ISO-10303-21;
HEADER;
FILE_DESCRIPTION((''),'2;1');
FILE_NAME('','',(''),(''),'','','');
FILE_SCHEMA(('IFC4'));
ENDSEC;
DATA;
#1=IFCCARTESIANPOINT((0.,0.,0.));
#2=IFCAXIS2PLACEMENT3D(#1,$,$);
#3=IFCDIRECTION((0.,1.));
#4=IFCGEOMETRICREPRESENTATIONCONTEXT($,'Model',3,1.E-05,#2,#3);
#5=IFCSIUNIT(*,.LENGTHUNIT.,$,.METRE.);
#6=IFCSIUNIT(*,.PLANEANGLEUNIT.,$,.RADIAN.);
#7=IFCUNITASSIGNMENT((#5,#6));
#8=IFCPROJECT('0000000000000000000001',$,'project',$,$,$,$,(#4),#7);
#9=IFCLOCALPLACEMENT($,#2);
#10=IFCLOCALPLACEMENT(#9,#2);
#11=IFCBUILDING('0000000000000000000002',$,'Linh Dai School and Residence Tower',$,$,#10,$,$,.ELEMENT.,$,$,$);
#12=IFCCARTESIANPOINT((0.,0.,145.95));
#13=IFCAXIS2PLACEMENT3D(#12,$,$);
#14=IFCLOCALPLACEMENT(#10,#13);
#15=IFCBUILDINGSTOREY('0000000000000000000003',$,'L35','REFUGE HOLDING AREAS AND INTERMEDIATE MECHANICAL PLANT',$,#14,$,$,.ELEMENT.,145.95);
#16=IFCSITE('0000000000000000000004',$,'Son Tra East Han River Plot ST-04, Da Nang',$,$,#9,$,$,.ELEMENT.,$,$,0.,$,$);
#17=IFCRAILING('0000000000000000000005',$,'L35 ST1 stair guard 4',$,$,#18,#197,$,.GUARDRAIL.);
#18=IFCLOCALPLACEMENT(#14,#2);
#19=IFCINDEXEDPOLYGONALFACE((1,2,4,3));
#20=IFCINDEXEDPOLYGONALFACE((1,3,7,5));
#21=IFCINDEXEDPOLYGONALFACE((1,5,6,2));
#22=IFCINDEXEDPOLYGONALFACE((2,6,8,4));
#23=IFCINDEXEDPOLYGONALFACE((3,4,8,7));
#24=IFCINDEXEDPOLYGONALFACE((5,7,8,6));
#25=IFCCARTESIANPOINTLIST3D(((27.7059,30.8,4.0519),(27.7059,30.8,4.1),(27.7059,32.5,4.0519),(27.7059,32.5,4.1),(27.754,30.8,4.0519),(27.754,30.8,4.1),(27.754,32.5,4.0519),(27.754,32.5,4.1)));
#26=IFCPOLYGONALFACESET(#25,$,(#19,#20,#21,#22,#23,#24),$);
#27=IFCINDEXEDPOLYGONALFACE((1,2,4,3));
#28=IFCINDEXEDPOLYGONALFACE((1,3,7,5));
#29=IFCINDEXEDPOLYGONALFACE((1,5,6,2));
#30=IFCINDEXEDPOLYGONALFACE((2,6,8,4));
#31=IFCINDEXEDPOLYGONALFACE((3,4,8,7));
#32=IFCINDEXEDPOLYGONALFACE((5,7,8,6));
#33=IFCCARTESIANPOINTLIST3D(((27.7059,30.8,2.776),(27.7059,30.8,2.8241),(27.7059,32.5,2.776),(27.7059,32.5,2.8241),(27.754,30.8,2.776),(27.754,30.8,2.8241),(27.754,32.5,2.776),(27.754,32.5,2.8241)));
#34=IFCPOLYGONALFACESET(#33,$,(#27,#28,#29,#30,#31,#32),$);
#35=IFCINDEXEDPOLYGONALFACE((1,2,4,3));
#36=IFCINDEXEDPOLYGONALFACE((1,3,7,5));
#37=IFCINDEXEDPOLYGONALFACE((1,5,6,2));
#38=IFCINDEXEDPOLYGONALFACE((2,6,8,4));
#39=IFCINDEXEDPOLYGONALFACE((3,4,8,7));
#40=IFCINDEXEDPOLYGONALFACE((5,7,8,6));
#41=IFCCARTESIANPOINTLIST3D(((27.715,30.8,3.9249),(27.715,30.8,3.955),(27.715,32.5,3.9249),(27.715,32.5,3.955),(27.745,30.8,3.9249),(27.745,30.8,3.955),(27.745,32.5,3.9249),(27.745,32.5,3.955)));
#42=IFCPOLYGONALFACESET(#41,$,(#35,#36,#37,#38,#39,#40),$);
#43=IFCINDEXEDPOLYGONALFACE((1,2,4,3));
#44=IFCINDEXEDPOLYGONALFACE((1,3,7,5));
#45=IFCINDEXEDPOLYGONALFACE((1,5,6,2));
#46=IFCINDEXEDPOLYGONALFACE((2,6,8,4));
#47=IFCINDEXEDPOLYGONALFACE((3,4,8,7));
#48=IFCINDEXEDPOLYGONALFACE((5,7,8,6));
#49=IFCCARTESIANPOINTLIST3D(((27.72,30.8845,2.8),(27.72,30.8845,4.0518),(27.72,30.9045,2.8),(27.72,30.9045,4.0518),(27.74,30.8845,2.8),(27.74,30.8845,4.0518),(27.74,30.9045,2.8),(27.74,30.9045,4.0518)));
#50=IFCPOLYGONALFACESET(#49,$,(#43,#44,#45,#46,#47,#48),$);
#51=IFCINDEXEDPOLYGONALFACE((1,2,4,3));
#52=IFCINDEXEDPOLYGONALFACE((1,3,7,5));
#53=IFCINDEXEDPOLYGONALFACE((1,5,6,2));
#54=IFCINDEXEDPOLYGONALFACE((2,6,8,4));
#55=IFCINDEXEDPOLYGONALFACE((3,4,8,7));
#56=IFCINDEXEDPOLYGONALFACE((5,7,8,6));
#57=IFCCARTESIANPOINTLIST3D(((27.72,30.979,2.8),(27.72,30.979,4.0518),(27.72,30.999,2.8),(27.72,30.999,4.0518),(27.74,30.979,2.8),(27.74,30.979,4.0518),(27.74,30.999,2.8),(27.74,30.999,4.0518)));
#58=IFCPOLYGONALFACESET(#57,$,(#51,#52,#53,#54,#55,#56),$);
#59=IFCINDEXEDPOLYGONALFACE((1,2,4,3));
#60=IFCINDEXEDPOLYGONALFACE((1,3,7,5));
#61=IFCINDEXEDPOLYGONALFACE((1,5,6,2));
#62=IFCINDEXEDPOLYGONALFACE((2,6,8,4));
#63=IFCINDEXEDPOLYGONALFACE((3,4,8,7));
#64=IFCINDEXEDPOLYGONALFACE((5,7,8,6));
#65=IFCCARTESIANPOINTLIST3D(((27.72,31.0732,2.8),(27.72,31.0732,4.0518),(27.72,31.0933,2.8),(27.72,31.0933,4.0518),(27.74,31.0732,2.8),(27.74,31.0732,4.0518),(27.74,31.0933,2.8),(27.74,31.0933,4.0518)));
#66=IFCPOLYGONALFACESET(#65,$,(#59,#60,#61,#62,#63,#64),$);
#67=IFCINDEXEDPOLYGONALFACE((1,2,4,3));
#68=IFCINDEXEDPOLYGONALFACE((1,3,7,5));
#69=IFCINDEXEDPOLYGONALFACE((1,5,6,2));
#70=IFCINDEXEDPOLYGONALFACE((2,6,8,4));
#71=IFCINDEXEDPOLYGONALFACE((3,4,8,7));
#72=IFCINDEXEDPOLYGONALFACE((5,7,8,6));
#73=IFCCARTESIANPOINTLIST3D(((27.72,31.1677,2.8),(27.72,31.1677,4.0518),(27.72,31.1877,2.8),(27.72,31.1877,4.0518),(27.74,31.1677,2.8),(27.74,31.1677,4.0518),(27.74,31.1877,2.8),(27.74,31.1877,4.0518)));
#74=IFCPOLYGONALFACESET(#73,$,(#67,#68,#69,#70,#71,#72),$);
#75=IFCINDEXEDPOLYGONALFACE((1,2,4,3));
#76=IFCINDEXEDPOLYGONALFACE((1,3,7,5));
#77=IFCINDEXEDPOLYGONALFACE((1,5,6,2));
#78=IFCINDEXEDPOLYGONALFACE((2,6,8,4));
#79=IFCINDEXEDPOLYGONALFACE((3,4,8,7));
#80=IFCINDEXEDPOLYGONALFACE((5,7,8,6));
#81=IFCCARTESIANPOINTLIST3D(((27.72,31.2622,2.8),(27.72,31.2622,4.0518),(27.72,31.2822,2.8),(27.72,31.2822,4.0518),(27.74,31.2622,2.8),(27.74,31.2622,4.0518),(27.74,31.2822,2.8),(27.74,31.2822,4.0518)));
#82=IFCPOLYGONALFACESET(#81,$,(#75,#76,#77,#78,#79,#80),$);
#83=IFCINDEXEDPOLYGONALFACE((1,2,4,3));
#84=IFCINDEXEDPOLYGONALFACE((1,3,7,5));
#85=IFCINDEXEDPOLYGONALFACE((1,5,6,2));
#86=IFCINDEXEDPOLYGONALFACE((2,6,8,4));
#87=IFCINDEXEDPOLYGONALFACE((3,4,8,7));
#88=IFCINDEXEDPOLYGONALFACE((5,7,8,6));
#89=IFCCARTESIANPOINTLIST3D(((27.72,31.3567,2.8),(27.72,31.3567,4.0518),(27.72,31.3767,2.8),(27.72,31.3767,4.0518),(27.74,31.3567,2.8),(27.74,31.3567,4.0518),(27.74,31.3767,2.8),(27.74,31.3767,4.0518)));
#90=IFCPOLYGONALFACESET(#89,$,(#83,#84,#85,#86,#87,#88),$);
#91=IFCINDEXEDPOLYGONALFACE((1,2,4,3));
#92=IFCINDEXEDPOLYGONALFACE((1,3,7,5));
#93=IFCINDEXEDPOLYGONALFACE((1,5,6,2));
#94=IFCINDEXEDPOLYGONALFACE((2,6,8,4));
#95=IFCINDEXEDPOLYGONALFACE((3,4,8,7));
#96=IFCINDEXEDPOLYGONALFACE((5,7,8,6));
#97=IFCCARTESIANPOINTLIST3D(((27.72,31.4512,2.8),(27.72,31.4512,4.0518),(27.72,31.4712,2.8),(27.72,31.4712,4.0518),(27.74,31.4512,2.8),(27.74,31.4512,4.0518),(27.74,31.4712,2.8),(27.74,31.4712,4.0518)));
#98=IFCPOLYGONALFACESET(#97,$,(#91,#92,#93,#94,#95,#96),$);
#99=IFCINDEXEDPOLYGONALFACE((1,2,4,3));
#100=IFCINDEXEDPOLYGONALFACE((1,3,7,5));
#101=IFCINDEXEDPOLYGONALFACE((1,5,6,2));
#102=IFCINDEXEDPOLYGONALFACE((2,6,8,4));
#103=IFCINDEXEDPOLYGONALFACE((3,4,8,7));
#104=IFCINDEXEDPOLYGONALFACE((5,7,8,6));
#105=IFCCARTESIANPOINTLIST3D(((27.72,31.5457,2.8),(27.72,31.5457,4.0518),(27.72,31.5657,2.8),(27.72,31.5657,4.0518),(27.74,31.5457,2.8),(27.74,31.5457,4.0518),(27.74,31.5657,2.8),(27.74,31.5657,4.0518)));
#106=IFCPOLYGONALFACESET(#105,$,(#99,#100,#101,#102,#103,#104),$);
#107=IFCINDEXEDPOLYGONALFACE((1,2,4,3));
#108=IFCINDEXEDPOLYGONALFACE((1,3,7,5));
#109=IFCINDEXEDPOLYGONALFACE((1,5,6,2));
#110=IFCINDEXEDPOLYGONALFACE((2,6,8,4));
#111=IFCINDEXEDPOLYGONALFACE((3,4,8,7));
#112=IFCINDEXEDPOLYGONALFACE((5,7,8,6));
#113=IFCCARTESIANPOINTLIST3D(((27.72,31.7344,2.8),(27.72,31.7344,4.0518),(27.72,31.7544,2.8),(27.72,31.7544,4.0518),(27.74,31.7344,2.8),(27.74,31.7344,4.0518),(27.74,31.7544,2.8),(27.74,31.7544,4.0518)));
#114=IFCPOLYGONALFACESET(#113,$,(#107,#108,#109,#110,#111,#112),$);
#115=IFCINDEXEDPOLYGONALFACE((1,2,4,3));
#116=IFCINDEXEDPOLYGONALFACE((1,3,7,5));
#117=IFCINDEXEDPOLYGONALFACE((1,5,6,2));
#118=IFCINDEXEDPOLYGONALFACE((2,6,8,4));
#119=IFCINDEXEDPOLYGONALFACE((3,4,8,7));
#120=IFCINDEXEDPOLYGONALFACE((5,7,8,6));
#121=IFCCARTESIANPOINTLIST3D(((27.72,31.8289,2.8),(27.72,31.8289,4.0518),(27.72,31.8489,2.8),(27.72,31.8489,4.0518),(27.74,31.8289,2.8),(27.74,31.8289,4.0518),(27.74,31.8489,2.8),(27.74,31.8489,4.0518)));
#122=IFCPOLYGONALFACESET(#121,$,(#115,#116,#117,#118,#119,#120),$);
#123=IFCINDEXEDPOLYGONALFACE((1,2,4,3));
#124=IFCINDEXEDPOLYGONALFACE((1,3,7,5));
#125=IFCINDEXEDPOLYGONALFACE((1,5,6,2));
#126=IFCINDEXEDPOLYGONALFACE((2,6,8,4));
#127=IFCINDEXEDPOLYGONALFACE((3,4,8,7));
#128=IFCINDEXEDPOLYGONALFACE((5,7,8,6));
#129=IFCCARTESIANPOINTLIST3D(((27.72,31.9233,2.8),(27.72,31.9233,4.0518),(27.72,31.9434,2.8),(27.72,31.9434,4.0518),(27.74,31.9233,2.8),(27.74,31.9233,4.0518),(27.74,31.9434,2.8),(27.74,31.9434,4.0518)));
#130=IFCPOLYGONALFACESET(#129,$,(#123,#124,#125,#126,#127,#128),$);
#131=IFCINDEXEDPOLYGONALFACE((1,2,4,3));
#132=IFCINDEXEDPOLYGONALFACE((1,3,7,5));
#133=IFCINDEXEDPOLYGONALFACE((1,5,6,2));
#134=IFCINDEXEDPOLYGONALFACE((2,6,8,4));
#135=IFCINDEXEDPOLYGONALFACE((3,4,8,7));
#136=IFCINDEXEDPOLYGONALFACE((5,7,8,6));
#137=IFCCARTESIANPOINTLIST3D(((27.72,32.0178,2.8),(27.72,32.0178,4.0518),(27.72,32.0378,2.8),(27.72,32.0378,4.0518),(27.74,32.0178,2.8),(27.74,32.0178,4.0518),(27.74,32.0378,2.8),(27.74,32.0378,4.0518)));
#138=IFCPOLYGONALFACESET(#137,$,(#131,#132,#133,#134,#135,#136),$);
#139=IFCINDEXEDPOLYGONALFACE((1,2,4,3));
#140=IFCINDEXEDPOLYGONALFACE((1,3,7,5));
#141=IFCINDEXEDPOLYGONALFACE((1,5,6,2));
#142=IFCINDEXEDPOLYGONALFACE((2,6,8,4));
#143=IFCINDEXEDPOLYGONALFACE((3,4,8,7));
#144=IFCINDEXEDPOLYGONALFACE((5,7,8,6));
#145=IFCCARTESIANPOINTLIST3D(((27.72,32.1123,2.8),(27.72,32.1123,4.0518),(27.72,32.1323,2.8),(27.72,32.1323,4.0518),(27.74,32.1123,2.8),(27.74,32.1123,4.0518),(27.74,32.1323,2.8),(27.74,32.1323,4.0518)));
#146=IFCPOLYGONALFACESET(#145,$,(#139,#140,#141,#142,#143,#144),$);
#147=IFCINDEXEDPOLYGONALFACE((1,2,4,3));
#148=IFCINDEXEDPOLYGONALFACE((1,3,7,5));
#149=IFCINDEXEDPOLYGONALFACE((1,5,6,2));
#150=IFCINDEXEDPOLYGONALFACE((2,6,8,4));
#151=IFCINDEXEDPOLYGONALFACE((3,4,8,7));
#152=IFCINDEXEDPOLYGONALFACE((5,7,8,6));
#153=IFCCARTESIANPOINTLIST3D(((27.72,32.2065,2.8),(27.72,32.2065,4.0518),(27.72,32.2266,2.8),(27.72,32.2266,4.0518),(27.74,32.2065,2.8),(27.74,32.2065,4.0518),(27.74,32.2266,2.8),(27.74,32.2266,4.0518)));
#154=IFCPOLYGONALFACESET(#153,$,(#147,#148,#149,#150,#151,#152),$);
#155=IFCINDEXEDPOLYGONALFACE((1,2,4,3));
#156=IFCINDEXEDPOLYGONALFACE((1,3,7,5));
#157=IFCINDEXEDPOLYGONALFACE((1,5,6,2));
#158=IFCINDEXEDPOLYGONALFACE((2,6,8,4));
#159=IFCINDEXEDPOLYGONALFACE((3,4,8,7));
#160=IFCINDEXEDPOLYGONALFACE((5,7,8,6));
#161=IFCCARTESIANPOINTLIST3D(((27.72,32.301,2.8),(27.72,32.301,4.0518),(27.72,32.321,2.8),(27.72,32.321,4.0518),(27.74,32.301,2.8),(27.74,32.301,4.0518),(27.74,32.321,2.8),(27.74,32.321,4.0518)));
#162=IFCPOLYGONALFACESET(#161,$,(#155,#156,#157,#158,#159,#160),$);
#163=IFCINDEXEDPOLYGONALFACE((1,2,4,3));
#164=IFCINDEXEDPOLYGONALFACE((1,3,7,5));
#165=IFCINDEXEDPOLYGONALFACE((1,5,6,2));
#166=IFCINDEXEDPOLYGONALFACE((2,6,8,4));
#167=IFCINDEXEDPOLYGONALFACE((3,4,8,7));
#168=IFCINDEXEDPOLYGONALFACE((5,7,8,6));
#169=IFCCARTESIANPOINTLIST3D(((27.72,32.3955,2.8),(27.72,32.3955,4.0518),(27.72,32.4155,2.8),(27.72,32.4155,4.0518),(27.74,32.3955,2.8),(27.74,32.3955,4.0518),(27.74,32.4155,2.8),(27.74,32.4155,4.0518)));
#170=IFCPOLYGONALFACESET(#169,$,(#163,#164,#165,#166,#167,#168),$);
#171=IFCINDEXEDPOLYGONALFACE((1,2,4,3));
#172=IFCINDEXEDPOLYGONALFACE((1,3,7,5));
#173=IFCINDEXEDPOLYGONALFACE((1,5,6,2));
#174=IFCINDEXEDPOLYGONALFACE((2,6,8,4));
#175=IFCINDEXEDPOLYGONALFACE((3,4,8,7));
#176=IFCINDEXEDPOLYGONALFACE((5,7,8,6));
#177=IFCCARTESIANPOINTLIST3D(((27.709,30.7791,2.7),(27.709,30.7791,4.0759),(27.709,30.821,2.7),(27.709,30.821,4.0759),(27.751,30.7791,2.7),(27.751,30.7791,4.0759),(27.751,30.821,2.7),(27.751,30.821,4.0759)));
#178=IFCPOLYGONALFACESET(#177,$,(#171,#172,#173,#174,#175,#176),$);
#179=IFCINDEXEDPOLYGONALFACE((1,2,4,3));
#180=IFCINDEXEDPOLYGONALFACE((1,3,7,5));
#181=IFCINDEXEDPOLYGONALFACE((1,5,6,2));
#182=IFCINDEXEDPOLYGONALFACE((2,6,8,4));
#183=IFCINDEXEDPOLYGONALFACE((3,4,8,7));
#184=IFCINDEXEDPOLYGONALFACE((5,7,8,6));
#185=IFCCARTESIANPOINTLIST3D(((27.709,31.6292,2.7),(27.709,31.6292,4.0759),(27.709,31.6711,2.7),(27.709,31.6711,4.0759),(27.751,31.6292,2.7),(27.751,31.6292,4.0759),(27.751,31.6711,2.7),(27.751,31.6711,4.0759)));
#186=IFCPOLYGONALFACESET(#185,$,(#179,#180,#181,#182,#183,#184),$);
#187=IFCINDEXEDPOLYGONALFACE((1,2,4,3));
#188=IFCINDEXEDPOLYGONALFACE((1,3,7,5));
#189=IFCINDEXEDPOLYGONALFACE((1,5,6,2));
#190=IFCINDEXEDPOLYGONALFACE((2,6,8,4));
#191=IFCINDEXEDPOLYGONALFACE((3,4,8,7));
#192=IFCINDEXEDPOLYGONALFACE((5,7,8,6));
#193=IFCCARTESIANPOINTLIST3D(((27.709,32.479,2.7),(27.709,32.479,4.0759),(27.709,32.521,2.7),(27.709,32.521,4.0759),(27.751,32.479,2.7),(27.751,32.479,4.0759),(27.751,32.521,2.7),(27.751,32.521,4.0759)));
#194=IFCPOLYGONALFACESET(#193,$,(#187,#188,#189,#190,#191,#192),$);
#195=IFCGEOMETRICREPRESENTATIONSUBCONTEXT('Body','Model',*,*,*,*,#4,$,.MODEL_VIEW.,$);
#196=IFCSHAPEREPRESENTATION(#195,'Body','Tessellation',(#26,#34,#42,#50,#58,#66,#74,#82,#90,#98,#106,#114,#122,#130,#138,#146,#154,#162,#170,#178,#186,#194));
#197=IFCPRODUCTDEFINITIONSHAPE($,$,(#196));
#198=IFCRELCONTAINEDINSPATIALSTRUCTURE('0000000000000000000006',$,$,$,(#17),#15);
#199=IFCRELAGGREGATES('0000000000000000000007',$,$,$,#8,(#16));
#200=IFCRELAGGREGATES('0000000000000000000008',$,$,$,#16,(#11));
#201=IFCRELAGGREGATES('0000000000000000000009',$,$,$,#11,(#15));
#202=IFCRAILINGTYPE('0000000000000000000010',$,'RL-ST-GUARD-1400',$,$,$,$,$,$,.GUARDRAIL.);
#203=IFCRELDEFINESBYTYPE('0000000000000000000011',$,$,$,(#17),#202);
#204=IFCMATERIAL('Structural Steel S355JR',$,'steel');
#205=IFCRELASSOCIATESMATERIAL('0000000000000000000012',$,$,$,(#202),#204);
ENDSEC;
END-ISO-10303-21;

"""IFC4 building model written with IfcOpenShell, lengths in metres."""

from ifc_helpers import new_model, si_unit, direction, frame, origin, origin_2d, place, context, subcontext, project, spatial, rectangle, extrude, source, transform, mapped, material, type_object, element, save


model = new_model("IFC4")

# Units and contexts
model_context = context("Model", 3, precision=1e-05, world=origin(), true_north=direction((0.0, 1.0)))
body_context = subcontext(model_context, "Body", "Model", "MODEL_VIEW")
ifc_project = project(units=[si_unit("LENGTHUNIT", "METRE"), si_unit("PLANEANGLEUNIT", "RADIAN")], contexts=[model_context])

# Site, building, storey
site_placement = place(None, origin())
site = spatial("IfcSite", under=ifc_project, at=site_placement, Name="Son Tra East Han River Plot ST-04, Da Nang", CompositionType="ELEMENT", RefElevation=0.0)
building_placement = place(site_placement, origin())
building = spatial("IfcBuilding", under=site, at=building_placement, Name="Linh Dai School and Residence Tower", CompositionType="ELEMENT")
storey_placement = place(building_placement, frame((0.0, 0.0, 145.95)))
storey = spatial("IfcBuildingStorey", under=building, at=storey_placement, Name="L35", Description="REFUGE HOLDING AREAS AND INTERMEDIATE MECHANICAL PLANT", CompositionType="ELEMENT", Elevation=145.95)

# Railing
ifc_material_1 = material(Name="Structural Steel S355JR", Category="steel")
railing_type_1 = type_object("IfcRailingType", Name="RL-ST-GUARD-1400", PredefinedType="GUARDRAIL", material=ifc_material_1)
shared_shape_1 = source(origin(), body_context, "Body", "SweptSolid", [
    extrude(rectangle(XDim=0.0481, YDim=0.0481, at=origin_2d()), frame((0.0, 0.0, 1.376), z_axis=(0.0, 1.0, 0.0), x_axis=(-1.0, 0.0, 0.0)), (0.0, 0.0, 1.0), 1.7),
    extrude(rectangle(XDim=0.0481, YDim=0.0481, at=origin_2d()), frame((0.0, 0.0, 0.1001), z_axis=(0.0, 1.0, 0.0), x_axis=(-1.0, 0.0, 0.0)), (0.0, 0.0, 1.0), 1.7),
    extrude(rectangle(XDim=0.03, YDim=0.03, at=origin_2d()), frame((0.0, 0.0, 1.24), z_axis=(0.0, 1.0, 0.0), x_axis=(-1.0, 0.0, 0.0)), (0.0, 0.0, 1.0), 1.7),
    extrude(rectangle(XDim=0.02, YDim=0.02, at=origin_2d()), frame((0.0, 0.0945, 0.1001)), (0.0, 0.0, 1.0), 1.2517),
    extrude(rectangle(XDim=0.02, YDim=0.02, at=origin_2d()), frame((0.0, 0.189, 0.1001)), (0.0, 0.0, 1.0), 1.2517),
    extrude(rectangle(XDim=0.02, YDim=0.02, at=origin_2d()), frame((0.0, 0.2832, 0.1001)), (0.0, 0.0, 1.0), 1.2517),
    extrude(rectangle(XDim=0.02, YDim=0.02, at=origin_2d()), frame((0.0, 0.3777, 0.1001)), (0.0, 0.0, 1.0), 1.2517),
    extrude(rectangle(XDim=0.02, YDim=0.02, at=origin_2d()), frame((0.0, 0.4722, 0.1001)), (0.0, 0.0, 1.0), 1.2517),
    extrude(rectangle(XDim=0.02, YDim=0.02, at=origin_2d()), frame((0.0, 0.5667, 0.1001)), (0.0, 0.0, 1.0), 1.2517),
    extrude(rectangle(XDim=0.02, YDim=0.02, at=origin_2d()), frame((0.0, 0.6611, 0.1001)), (0.0, 0.0, 1.0), 1.2517),
    extrude(rectangle(XDim=0.02, YDim=0.02, at=origin_2d()), frame((0.0, 0.7556, 0.1001)), (0.0, 0.0, 1.0), 1.2517),
    extrude(rectangle(XDim=0.02, YDim=0.02, at=origin_2d()), frame((0.0, 0.9443, 0.1001)), (0.0, 0.0, 1.0), 1.2517),
    extrude(rectangle(XDim=0.02, YDim=0.02, at=origin_2d()), frame((0.0, 1.0388, 0.1001)), (0.0, 0.0, 1.0), 1.2517),
    extrude(rectangle(XDim=0.02, YDim=0.02, at=origin_2d()), frame((0.0, 1.1333, 0.1001)), (0.0, 0.0, 1.0), 1.2517),
    extrude(rectangle(XDim=0.02, YDim=0.02, at=origin_2d()), frame((0.0, 1.2278, 0.1001)), (0.0, 0.0, 1.0), 1.2517),
    extrude(rectangle(XDim=0.02, YDim=0.02, at=origin_2d()), frame((0.0, 1.3223, 0.1001)), (0.0, 0.0, 1.0), 1.2517),
    extrude(rectangle(XDim=0.02, YDim=0.02, at=origin_2d()), frame((0.0, 1.4165, 0.1001)), (0.0, 0.0, 1.0), 1.2517),
    extrude(rectangle(XDim=0.02, YDim=0.02, at=origin_2d()), frame((0.0, 1.511, 0.1001)), (0.0, 0.0, 1.0), 1.2517),
    extrude(rectangle(XDim=0.02, YDim=0.02, at=origin_2d()), frame((0.0, 1.6055, 0.1001)), (0.0, 0.0, 1.0), 1.2517),
    extrude(rectangle(XDim=0.042, YDim=0.042, at=origin_2d()), origin(), (0.0, 0.0, 1.0), 1.376),
    extrude(rectangle(XDim=0.042, YDim=0.042, at=origin_2d()), frame((0.0, 0.8501, 0.0)), (0.0, 0.0, 1.0), 1.376),
    extrude(rectangle(XDim=0.042, YDim=0.042, at=origin_2d()), frame((0.0, 1.7, 0.0)), (0.0, 0.0, 1.0), 1.376),
])
for number, where, name in (
    (1, (27.73, 30.8, 2.7), "L35 ST1 stair guard 4"),
):
    element("IfcRailing", number, at=place(storey_placement, frame(where)), inside=storey, type_object=railing_type_1, Name=name, PredefinedType="GUARDRAIL", context=body_context, shape_type="MappedRepresentation", body=[
        mapped(shared_shape_1, transform((0.0, 0.0, 0.0), x_axis=(1.0, 0.0, 0.0), y_axis=(0.0, 1.0, 0.0), z_axis=(0.0, 0.0, 1.0), scale=1.0)),
    ])

save(model, "model.ifc")
